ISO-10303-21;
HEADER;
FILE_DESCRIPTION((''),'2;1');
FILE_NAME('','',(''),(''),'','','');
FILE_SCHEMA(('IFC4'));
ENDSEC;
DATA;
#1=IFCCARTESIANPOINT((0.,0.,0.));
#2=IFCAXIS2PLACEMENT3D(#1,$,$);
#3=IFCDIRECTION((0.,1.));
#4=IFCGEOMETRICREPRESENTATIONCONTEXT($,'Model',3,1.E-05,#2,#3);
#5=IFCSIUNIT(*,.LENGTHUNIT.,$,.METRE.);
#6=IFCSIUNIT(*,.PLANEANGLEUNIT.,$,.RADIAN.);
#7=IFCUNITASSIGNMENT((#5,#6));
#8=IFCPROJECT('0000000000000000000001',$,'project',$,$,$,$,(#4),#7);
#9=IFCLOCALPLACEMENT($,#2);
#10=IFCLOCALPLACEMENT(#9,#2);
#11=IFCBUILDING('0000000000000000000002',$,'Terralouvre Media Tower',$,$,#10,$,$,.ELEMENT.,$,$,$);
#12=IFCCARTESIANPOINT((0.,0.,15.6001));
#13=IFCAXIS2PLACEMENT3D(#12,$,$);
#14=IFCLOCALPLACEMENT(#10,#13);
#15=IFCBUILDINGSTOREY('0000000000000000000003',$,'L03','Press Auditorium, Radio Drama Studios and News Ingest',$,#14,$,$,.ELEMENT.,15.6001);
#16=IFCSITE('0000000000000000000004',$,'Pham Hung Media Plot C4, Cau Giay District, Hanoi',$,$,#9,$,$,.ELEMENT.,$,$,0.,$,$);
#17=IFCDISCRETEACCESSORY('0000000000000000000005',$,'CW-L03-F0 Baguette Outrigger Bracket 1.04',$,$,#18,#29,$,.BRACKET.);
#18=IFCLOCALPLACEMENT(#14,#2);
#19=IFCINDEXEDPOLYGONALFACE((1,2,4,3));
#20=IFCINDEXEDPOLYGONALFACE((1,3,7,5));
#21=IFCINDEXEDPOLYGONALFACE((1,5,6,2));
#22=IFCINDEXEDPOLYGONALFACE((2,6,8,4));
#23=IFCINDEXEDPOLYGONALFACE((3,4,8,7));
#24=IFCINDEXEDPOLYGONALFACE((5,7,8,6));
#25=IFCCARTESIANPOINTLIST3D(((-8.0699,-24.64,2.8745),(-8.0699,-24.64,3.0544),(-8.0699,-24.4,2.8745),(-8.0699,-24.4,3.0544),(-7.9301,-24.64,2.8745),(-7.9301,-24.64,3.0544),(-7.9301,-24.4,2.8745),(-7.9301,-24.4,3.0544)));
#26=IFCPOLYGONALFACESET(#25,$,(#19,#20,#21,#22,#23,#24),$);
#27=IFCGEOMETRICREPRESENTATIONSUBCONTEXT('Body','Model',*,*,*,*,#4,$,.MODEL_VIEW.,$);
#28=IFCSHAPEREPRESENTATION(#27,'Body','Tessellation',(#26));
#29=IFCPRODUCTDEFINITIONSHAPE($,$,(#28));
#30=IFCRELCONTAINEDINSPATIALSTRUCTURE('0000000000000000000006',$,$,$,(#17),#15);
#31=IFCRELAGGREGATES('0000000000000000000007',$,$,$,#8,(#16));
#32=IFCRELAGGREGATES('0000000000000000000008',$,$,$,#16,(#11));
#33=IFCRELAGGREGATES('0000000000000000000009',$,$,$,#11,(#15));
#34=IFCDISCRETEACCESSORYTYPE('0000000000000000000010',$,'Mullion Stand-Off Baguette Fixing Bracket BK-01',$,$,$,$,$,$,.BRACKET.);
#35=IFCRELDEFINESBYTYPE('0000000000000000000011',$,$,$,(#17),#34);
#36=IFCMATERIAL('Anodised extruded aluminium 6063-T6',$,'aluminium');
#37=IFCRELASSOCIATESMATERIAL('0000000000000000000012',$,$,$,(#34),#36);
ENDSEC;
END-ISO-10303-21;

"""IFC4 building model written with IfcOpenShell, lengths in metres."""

from ifc_helpers import new_model, si_unit, direction, frame, origin, origin_2d, place, context, subcontext, project, spatial, rectangle, extrude, material, type_object, element, save


model = new_model("IFC4")

# Units and contexts
model_context = context("Model", 3, precision=1e-05, world=origin(), true_north=direction((0.0, 1.0)))
body_context = subcontext(model_context, "Body", "Model", "MODEL_VIEW")
ifc_project = project(units=[si_unit("LENGTHUNIT", "METRE"), si_unit("PLANEANGLEUNIT", "RADIAN")], contexts=[model_context])

# Site, building, storey
site_placement = place(None, origin())
site = spatial("IfcSite", under=ifc_project, at=site_placement, Name="Pham Hung Media Plot C4, Cau Giay District, Hanoi", CompositionType="ELEMENT", RefElevation=0.0)
building_placement = place(site_placement, origin())
building = spatial("IfcBuilding", under=site, at=building_placement, Name="Terralouvre Media Tower", CompositionType="ELEMENT")
storey_placement = place(building_placement, frame((0.0, 0.0, 15.6001)))
storey = spatial("IfcBuildingStorey", under=building, at=storey_placement, Name="L03", Description="Press Auditorium, Radio Drama Studios and News Ingest", CompositionType="ELEMENT", Elevation=15.6001)

# Discrete accessory
ifc_material_1 = material(Name="Anodised extruded aluminium 6063-T6", Category="aluminium")
discrete_accessory_type = type_object("IfcDiscreteAccessoryType", Name="Mullion Stand-Off Baguette Fixing Bracket BK-01", PredefinedType="BRACKET", material=ifc_material_1)
discrete_accessory_placement = place(storey_placement, frame((-8.0, -24.52, 2.8745), z_axis=(0.0, 0.0, 1.0), x_axis=(1.0, 0.0, 0.0)))
element("IfcDiscreteAccessory", 1, at=discrete_accessory_placement, inside=storey, type_object=discrete_accessory_type, Name="CW-L03-F0 Baguette Outrigger Bracket 1.04", PredefinedType="BRACKET", context=body_context, shape_type="SweptSolid", body=[
    extrude(rectangle(XDim=0.1399, YDim=0.24, at=origin_2d()), origin(), (0.0, 0.0, 1.0), 0.1799),
])

save(model, "model.ifc")
